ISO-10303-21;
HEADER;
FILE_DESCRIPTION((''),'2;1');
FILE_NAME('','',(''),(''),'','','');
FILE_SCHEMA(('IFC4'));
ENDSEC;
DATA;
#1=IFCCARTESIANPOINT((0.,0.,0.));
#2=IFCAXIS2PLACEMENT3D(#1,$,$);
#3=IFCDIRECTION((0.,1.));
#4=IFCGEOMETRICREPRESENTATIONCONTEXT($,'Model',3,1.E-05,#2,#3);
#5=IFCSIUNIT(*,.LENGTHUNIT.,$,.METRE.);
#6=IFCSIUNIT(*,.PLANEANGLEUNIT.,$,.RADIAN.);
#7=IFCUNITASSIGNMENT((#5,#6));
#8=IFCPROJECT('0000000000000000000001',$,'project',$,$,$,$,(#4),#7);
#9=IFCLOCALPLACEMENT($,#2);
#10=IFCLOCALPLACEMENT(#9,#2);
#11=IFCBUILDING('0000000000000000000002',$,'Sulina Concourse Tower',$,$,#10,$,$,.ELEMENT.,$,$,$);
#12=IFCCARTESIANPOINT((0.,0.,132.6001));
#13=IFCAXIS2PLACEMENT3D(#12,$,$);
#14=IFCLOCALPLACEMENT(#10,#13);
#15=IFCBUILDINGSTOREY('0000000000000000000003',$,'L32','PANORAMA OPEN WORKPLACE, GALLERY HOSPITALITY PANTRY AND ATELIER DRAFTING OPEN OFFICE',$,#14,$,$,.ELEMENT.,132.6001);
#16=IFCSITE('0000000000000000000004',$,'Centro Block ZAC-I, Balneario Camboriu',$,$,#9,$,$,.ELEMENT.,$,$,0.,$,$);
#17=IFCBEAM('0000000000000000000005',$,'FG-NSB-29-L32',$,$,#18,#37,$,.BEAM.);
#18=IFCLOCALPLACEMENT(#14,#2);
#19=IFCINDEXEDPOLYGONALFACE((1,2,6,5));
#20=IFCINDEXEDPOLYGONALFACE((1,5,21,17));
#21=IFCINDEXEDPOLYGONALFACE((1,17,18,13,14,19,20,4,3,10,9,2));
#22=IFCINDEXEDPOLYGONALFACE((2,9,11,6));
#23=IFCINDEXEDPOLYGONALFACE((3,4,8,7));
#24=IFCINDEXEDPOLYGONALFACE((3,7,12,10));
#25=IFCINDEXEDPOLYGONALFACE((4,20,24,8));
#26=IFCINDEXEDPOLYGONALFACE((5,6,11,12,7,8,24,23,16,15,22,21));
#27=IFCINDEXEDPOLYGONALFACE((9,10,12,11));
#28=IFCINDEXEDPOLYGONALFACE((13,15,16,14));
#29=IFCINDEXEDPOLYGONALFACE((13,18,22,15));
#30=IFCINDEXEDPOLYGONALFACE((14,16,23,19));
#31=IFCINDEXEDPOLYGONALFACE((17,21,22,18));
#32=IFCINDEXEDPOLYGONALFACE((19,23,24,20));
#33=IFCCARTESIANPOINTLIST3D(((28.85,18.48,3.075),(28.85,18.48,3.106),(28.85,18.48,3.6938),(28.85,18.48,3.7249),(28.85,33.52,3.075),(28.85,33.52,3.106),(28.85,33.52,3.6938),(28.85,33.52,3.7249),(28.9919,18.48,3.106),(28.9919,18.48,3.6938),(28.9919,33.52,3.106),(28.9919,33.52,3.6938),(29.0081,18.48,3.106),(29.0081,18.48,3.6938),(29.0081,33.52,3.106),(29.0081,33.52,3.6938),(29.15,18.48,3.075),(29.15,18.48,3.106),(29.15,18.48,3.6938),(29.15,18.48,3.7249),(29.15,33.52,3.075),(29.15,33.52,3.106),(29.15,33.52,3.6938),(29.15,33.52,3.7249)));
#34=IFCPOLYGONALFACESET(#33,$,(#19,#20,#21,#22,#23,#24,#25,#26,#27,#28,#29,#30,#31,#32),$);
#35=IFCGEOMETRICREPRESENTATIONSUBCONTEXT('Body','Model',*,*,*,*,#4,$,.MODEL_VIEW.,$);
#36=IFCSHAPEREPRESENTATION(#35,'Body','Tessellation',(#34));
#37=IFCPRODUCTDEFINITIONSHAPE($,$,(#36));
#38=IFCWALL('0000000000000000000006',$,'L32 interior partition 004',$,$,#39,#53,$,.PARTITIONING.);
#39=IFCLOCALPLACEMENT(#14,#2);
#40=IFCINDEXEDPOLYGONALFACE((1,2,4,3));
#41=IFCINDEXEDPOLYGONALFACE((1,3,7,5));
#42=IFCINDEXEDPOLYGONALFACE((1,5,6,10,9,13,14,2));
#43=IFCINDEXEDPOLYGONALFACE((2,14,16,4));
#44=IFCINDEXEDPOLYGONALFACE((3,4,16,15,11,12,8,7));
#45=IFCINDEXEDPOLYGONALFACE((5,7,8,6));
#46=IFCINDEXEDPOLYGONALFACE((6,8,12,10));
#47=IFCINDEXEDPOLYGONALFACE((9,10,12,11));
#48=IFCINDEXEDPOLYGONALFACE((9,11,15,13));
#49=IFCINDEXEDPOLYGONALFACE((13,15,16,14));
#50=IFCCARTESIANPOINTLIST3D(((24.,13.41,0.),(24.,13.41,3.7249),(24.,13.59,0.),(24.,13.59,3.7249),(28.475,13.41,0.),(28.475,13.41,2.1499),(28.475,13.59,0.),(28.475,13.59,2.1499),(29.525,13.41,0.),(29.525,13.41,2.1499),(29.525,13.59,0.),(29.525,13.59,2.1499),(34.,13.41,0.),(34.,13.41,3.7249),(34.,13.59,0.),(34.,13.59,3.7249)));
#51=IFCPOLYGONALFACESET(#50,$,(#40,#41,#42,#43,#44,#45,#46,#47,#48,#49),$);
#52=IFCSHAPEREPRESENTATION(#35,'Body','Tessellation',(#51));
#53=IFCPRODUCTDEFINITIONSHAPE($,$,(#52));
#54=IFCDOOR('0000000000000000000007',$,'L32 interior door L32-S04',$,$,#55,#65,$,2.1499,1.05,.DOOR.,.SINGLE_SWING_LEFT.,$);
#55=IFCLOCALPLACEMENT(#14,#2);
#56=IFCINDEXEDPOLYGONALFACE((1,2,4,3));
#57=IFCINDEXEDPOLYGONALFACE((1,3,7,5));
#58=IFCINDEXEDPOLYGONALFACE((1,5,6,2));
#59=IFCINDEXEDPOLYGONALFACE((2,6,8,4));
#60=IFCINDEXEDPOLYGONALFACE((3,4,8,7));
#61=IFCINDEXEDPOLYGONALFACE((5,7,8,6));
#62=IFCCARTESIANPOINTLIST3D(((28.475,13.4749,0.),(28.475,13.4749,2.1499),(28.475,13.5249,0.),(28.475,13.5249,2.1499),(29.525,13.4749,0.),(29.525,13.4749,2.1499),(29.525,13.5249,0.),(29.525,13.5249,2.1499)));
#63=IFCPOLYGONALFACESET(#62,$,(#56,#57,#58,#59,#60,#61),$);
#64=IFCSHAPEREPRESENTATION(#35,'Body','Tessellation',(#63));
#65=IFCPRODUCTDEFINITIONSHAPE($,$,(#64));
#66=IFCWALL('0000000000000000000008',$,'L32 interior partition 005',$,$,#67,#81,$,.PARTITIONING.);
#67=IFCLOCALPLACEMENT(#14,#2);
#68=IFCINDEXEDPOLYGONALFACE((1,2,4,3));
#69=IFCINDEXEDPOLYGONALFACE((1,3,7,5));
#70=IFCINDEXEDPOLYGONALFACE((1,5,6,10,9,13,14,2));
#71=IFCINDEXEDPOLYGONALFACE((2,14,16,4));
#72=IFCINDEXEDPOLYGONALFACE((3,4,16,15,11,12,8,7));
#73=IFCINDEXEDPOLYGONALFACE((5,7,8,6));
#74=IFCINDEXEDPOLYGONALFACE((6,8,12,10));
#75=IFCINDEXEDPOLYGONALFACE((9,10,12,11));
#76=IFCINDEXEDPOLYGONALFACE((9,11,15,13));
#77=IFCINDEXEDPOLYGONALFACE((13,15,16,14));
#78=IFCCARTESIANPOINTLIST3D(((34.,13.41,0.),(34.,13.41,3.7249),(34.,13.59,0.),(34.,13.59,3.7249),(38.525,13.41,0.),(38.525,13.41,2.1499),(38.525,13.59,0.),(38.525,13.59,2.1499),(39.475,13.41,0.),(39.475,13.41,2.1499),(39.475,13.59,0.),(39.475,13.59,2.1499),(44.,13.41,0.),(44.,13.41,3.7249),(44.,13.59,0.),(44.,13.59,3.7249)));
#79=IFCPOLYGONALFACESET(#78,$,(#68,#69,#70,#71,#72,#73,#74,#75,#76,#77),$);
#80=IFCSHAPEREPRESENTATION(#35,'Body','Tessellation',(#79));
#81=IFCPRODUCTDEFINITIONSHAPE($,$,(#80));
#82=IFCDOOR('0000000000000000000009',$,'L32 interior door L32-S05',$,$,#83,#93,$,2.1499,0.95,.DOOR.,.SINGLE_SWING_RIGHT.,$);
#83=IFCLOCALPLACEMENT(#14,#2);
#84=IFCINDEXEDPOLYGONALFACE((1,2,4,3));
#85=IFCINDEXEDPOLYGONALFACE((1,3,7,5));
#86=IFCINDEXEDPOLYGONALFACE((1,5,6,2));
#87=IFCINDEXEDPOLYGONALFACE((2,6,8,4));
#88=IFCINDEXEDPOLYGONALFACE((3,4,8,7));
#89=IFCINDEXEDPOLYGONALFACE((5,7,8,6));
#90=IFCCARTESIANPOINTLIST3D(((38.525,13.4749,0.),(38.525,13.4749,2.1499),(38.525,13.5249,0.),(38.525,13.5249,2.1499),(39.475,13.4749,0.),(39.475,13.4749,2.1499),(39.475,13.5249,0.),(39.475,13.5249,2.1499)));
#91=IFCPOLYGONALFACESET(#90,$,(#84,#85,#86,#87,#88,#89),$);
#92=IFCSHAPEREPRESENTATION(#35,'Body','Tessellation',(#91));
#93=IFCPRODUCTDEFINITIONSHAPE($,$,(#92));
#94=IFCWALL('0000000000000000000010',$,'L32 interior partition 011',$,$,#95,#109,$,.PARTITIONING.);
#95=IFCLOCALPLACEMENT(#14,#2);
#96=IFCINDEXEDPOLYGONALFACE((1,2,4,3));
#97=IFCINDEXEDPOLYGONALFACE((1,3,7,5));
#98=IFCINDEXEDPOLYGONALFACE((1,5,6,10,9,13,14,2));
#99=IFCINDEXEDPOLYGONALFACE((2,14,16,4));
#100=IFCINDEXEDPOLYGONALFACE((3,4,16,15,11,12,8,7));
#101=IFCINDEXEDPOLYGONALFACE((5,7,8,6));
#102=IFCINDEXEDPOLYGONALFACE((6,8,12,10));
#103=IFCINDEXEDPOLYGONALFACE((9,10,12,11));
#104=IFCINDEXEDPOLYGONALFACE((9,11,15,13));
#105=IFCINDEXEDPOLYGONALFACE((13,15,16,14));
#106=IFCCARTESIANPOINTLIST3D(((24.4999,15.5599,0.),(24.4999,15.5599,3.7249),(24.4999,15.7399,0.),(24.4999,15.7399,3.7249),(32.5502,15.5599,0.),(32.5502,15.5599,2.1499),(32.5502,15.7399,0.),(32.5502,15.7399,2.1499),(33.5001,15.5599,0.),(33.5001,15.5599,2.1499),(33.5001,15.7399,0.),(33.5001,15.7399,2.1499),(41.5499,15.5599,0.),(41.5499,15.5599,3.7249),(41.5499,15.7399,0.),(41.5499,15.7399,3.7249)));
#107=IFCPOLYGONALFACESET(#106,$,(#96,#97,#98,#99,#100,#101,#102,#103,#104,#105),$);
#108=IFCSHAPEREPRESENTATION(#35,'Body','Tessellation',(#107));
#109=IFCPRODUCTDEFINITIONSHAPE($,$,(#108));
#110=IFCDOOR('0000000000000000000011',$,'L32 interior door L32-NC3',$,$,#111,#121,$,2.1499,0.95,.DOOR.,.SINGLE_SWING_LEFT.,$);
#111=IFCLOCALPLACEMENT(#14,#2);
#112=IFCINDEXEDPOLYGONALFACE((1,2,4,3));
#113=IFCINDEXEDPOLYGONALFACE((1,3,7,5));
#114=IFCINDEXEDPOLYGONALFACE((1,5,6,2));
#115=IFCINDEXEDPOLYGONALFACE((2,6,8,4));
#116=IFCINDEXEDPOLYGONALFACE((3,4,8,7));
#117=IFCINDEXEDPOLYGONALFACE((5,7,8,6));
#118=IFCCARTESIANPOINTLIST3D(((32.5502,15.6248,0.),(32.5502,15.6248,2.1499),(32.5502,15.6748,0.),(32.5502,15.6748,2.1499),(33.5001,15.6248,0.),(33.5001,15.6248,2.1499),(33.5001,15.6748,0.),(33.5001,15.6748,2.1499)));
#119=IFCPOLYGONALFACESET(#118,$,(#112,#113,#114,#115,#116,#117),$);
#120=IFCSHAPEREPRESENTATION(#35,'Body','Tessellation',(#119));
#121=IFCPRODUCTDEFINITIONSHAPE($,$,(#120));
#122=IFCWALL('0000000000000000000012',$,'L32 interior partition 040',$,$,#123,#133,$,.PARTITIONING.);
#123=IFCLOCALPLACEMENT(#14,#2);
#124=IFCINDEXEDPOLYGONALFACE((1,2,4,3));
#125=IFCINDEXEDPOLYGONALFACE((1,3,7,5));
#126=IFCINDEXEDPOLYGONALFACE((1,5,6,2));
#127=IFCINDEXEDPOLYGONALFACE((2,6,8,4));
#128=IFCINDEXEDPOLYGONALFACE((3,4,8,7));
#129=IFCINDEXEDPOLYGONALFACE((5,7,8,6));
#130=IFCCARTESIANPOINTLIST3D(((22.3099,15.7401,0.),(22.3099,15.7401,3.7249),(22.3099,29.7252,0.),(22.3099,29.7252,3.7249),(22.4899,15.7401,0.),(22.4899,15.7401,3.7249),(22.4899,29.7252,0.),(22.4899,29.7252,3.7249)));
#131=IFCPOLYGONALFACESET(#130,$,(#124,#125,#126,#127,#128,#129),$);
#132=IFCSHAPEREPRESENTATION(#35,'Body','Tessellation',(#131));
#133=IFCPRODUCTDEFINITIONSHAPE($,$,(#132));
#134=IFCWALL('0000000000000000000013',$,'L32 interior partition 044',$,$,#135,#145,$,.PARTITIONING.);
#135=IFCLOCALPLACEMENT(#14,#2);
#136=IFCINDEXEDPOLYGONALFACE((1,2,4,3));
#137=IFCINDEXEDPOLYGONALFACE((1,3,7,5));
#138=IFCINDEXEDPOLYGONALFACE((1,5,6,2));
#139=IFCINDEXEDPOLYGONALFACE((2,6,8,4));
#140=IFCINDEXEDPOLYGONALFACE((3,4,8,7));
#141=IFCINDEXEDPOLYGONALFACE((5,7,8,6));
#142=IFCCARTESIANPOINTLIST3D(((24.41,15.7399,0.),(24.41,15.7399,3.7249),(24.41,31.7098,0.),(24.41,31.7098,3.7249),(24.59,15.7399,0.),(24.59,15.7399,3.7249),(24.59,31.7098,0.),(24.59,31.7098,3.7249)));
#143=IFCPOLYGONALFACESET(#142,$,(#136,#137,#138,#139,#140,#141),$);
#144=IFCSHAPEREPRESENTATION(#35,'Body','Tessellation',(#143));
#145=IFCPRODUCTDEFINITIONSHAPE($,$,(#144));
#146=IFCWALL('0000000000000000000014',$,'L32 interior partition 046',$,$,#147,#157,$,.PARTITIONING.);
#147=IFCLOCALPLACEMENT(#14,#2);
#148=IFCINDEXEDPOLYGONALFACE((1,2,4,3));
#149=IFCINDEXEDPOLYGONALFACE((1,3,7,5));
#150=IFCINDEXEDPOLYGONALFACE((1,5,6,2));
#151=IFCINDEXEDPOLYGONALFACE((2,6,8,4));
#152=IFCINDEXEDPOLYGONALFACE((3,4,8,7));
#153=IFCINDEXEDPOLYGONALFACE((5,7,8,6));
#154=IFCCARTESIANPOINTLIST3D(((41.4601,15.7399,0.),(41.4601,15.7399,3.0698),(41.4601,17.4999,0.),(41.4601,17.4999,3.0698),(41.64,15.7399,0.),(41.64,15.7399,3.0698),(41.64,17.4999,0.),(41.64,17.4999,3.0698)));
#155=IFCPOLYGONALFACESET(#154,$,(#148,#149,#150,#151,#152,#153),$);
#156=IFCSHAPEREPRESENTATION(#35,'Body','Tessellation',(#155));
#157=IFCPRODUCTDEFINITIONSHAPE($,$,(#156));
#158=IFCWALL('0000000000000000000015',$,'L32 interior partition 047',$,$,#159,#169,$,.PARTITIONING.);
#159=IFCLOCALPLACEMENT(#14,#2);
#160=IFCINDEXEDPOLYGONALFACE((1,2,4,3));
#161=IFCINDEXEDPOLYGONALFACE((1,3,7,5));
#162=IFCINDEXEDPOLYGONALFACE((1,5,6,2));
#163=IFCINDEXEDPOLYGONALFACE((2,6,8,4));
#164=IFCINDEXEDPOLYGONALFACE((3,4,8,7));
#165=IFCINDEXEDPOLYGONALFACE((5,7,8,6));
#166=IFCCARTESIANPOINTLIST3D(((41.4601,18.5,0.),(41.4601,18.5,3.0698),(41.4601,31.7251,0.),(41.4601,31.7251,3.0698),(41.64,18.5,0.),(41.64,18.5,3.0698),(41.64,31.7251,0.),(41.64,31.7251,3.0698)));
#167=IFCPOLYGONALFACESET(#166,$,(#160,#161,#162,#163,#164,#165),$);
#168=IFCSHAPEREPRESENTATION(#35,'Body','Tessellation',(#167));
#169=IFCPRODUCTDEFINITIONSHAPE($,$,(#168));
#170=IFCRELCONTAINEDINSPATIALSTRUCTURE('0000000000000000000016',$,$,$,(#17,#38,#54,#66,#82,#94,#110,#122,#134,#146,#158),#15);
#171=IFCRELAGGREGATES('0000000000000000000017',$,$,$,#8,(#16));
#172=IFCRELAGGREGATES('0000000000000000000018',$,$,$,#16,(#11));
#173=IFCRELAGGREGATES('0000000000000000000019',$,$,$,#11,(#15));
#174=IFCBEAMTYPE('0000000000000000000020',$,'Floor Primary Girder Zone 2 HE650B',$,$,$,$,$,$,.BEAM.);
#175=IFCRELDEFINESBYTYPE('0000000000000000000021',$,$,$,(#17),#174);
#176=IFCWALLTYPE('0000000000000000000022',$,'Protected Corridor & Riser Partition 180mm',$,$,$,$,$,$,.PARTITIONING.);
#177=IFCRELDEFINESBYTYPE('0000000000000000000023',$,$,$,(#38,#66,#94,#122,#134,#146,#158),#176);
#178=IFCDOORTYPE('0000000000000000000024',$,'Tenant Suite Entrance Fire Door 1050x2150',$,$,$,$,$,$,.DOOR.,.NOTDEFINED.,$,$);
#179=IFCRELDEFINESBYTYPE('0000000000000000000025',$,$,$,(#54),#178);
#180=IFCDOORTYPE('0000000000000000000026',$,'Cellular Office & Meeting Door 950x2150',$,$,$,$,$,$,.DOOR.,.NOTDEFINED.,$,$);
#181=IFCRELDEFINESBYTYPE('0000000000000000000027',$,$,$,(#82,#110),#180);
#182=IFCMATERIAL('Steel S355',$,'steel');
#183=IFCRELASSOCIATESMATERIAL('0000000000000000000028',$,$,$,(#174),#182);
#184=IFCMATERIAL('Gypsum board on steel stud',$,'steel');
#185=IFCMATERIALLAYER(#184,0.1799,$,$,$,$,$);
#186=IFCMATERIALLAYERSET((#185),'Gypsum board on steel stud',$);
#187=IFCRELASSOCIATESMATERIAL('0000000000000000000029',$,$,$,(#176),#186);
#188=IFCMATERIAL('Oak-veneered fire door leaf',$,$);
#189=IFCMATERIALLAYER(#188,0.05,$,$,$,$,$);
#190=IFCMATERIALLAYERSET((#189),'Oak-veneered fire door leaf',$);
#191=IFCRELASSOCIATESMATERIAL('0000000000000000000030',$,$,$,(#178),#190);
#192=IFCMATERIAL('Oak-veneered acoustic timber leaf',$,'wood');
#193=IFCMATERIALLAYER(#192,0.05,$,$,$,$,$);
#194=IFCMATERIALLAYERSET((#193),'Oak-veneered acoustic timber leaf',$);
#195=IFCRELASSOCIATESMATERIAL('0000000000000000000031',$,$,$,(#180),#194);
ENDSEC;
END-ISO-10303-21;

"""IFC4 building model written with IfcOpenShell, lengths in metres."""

from ifc_helpers import new_model, si_unit, direction, frame, frame_2d, origin, origin_2d, place, context, subcontext, project, spatial, rectangle, i_section, extrude, material, layer, layer_set, material_profile, profile_set, type_object, element, fill, save


model = new_model("IFC4")

# Units and contexts
model_context = context("Model", 3, precision=1e-05, world=origin(), true_north=direction((0.0, 1.0)))
body_context = subcontext(model_context, "Body", "Model", "MODEL_VIEW")
ifc_project = project(units=[si_unit("LENGTHUNIT", "METRE"), si_unit("PLANEANGLEUNIT", "RADIAN")], contexts=[model_context])

# Site, building, storey
site_placement = place(None, origin())
site = spatial("IfcSite", under=ifc_project, at=site_placement, Name="Centro Block ZAC-I, Balneario Camboriu", CompositionType="ELEMENT", RefElevation=0.0)
building_placement = place(site_placement, origin())
building = spatial("IfcBuilding", under=site, at=building_placement, Name="Sulina Concourse Tower", CompositionType="ELEMENT")
storey_placement = place(building_placement, frame((0.0, 0.0, 132.6001)))
storey = spatial("IfcBuildingStorey", under=building, at=storey_placement, Name="L32", Description="PANORAMA OPEN WORKPLACE, GALLERY HOSPITALITY PANTRY AND ATELIER DRAFTING OPEN OFFICE", CompositionType="ELEMENT", Elevation=132.6001)

# Beam
ifc_material_1 = material(Name="Steel S355", Category="steel")
ifc_material_profile_1 = material_profile(ifc_material_1, i_section(OverallWidth=0.3, OverallDepth=0.6499, WebThickness=0.0161, FlangeThickness=0.031, at=origin_2d()), Name="HE 650 B")
ifc_profile_set_1 = profile_set([ifc_material_profile_1], Name="Steel S355")
beam_type_1 = type_object("IfcBeamType", Name="Floor Primary Girder Zone 2 HE650B", PredefinedType="BEAM", material=ifc_profile_set_1)
beam_1_placement = place(storey_placement, frame((29.0, 18.48, 3.3999), z_axis=(0.0, 1.0, 0.0), x_axis=(-1.0, 0.0, 0.0)))
element("IfcBeam", 1, at=beam_1_placement, inside=storey, type_object=beam_type_1, Name="FG-NSB-29-L32", PredefinedType="BEAM", context=body_context, shape_type="SweptSolid", body=[
    extrude(i_section(OverallWidth=0.3, OverallDepth=0.6499, WebThickness=0.0161, FlangeThickness=0.031, at=origin_2d()), origin(), (0.0, 0.0, 1.0), 15.04),
])

# Walls, openings, doors
ifc_material_2 = material(Name="Gypsum board on steel stud", Category="steel")
ifc_layer_1 = layer(ifc_material_2, 0.1799)
ifc_layer_set_1 = layer_set([ifc_layer_1], Name="Gypsum board on steel stud")
wall_type = type_object("IfcWallType", Name="Protected Corridor & Riser Partition 180mm", PredefinedType="PARTITIONING", material=ifc_layer_set_1)
wall_1_placement = place(storey_placement, frame((24.0, 13.5, 0.0), z_axis=(0.0, 0.0, 1.0), x_axis=(1.0, 0.0, 0.0)))
wall_1 = element("IfcWall", 2, at=wall_1_placement, inside=storey, type_object=wall_type, Name="L32 interior partition 004", PredefinedType="PARTITIONING", context=body_context, shape_type="SweptSolid", body=[
    extrude(rectangle(XDim=10.0, YDim=0.1799, at=frame_2d((5.0, 0.0))), origin(), (0.0, 0.0, 1.0), 3.7249),
])
opening_1_placement = place(wall_1_placement, frame((4.4751, 0.0, 0.0)))
opening_1 = element("IfcOpeningElement", 3, at=opening_1_placement, cuts=wall_1, PredefinedType="OPENING", context=body_context, shape_type="SweptSolid", body=[
    extrude(rectangle(XDim=1.05, YDim=2.1499, at=frame_2d((0.5249, 1.075))), frame((0.0, 0.0999, 0.0), z_axis=(0.0, -1.0, 0.0), x_axis=(1.0, 0.0, 0.0)), (0.0, 0.0, 1.0), 0.2),
])
ifc_material_3 = material(Name="Oak-veneered fire door leaf")
ifc_layer_2 = layer(ifc_material_3, 0.05)
ifc_layer_set_2 = layer_set([ifc_layer_2], Name="Oak-veneered fire door leaf")
door_type_1 = type_object("IfcDoorType", Name="Tenant Suite Entrance Fire Door 1050x2150", OperationType="NOTDEFINED", PredefinedType="DOOR", material=ifc_layer_set_2)
door_1_placement = place(opening_1_placement, origin())
door_1 = element("IfcDoor", 4, at=door_1_placement, inside=storey, type_object=door_type_1, Name="L32 interior door L32-S04", OperationType="SINGLE_SWING_LEFT", OverallHeight=2.1499, OverallWidth=1.05, PredefinedType="DOOR", context=body_context, shape_type="SweptSolid", body=[
    extrude(rectangle(XDim=1.05, YDim=2.1499, at=frame_2d((0.5249, 1.075))), frame((0.0, 0.0249, 0.0), z_axis=(0.0, -1.0, 0.0), x_axis=(1.0, 0.0, 0.0)), (0.0, 0.0, 1.0), 0.05),
])
fill(opening_1, door_1)
wall_2_placement = place(storey_placement, frame((34.0, 13.5, 0.0), z_axis=(0.0, 0.0, 1.0), x_axis=(1.0, 0.0, 0.0)))
wall_2 = element("IfcWall", 5, at=wall_2_placement, inside=storey, type_object=wall_type, Name="L32 interior partition 005", PredefinedType="PARTITIONING", context=body_context, shape_type="SweptSolid", body=[
    extrude(rectangle(XDim=10.0, YDim=0.1799, at=frame_2d((5.0, 0.0))), origin(), (0.0, 0.0, 1.0), 3.7249),
])
opening_2_placement = place(wall_2_placement, frame((4.5249, 0.0, 0.0)))
opening_2 = element("IfcOpeningElement", 6, at=opening_2_placement, cuts=wall_2, PredefinedType="OPENING", context=body_context, shape_type="SweptSolid", body=[
    extrude(rectangle(XDim=0.95, YDim=2.1499, at=frame_2d((0.4751, 1.075))), frame((0.0, 0.0999, 0.0), z_axis=(0.0, -1.0, 0.0), x_axis=(1.0, 0.0, 0.0)), (0.0, 0.0, 1.0), 0.2),
])
ifc_material_4 = material(Name="Oak-veneered acoustic timber leaf", Category="wood")
ifc_layer_3 = layer(ifc_material_4, 0.05)
ifc_layer_set_3 = layer_set([ifc_layer_3], Name="Oak-veneered acoustic timber leaf")
door_type_2 = type_object("IfcDoorType", Name="Cellular Office & Meeting Door 950x2150", OperationType="NOTDEFINED", PredefinedType="DOOR", material=ifc_layer_set_3)
door_2_placement = place(opening_2_placement, origin())
door_2 = element("IfcDoor", 7, at=door_2_placement, inside=storey, type_object=door_type_2, Name="L32 interior door L32-S05", OperationType="SINGLE_SWING_RIGHT", OverallHeight=2.1499, OverallWidth=0.95, PredefinedType="DOOR", context=body_context, shape_type="SweptSolid", body=[
    extrude(rectangle(XDim=0.95, YDim=2.1499, at=frame_2d((0.4751, 1.075))), frame((0.0, 0.0249, 0.0), z_axis=(0.0, -1.0, 0.0), x_axis=(1.0, 0.0, 0.0)), (0.0, 0.0, 1.0), 0.05),
])
fill(opening_2, door_2)
wall_3_placement = place(storey_placement, frame((24.5, 15.6499, 0.0), z_axis=(0.0, 0.0, 1.0), x_axis=(1.0, 0.0, 0.0)))
wall_3 = element("IfcWall", 8, at=wall_3_placement, inside=storey, type_object=wall_type, Name="L32 interior partition 011", PredefinedType="PARTITIONING", context=body_context, shape_type="SweptSolid", body=[
    extrude(rectangle(XDim=17.05, YDim=0.1799, at=frame_2d((8.5249, 0.0))), origin(), (0.0, 0.0, 1.0), 3.7249),
])
opening_3_placement = place(wall_3_placement, frame((8.05, 0.0, 0.0)))
opening_3 = element("IfcOpeningElement", 9, at=opening_3_placement, cuts=wall_3, PredefinedType="OPENING", context=body_context, shape_type="SweptSolid", body=[
    extrude(rectangle(XDim=0.95, YDim=2.1499, at=frame_2d((0.4751, 1.075))), frame((0.0, 0.0999, 0.0), z_axis=(0.0, -1.0, 0.0), x_axis=(1.0, 0.0, 0.0)), (0.0, 0.0, 1.0), 0.2),
])
door_3_placement = place(opening_3_placement, origin())
door_3 = element("IfcDoor", 10, at=door_3_placement, inside=storey, type_object=door_type_2, Name="L32 interior door L32-NC3", OperationType="SINGLE_SWING_LEFT", OverallHeight=2.1499, OverallWidth=0.95, PredefinedType="DOOR", context=body_context, shape_type="SweptSolid", body=[
    extrude(rectangle(XDim=0.95, YDim=2.1499, at=frame_2d((0.4751, 1.075))), frame((0.0, 0.0249, 0.0), z_axis=(0.0, -1.0, 0.0), x_axis=(1.0, 0.0, 0.0)), (0.0, 0.0, 1.0), 0.05),
])
fill(opening_3, door_3)

# Wall
wall_4_placement = place(storey_placement, frame((22.3999, 15.74, 0.0), z_axis=(0.0, 0.0, 1.0), x_axis=(0.0, 1.0, 0.0)))
element("IfcWall", 11, at=wall_4_placement, inside=storey, type_object=wall_type, Name="L32 interior partition 040", PredefinedType="PARTITIONING", context=body_context, shape_type="SweptSolid", body=[
    extrude(rectangle(XDim=13.9851, YDim=0.1799, at=frame_2d((6.9927, 0.0))), origin(), (0.0, 0.0, 1.0), 3.7249),
])

# Walls
wall_5_placement = place(storey_placement, frame((24.5, 15.74, 0.0), z_axis=(0.0, 0.0, 1.0), x_axis=(0.0, 1.0, 0.0)))
element("IfcWall", 12, at=wall_5_placement, inside=storey, type_object=wall_type, Name="L32 interior partition 044", PredefinedType="PARTITIONING", context=body_context, shape_type="SweptSolid", body=[
    extrude(rectangle(XDim=15.97, YDim=0.1799, at=frame_2d((7.9849, 0.0))), origin(), (0.0, 0.0, 1.0), 3.7249),
])
wall_6_placement = place(storey_placement, frame((41.55, 15.74, 0.0), z_axis=(0.0, 0.0, 1.0), x_axis=(0.0, 1.0, 0.0)))
element("IfcWall", 13, at=wall_6_placement, inside=storey, type_object=wall_type, Name="L32 interior partition 046", PredefinedType="PARTITIONING", context=body_context, shape_type="SweptSolid", body=[
    extrude(rectangle(XDim=1.76, YDim=0.1799, at=frame_2d((0.8799, 0.0))), origin(), (0.0, 0.0, 1.0), 3.0698),
])
wall_7_placement = place(storey_placement, frame((41.55, 18.5, 0.0), z_axis=(0.0, 0.0, 1.0), x_axis=(0.0, 1.0, 0.0)))
element("IfcWall", 14, at=wall_7_placement, inside=storey, type_object=wall_type, Name="L32 interior partition 047", PredefinedType="PARTITIONING", context=body_context, shape_type="SweptSolid", body=[
    extrude(rectangle(XDim=13.2251, YDim=0.1799, at=frame_2d((6.6125, 0.0))), origin(), (0.0, 0.0, 1.0), 3.0698),
])

save(model, "model.ifc")
